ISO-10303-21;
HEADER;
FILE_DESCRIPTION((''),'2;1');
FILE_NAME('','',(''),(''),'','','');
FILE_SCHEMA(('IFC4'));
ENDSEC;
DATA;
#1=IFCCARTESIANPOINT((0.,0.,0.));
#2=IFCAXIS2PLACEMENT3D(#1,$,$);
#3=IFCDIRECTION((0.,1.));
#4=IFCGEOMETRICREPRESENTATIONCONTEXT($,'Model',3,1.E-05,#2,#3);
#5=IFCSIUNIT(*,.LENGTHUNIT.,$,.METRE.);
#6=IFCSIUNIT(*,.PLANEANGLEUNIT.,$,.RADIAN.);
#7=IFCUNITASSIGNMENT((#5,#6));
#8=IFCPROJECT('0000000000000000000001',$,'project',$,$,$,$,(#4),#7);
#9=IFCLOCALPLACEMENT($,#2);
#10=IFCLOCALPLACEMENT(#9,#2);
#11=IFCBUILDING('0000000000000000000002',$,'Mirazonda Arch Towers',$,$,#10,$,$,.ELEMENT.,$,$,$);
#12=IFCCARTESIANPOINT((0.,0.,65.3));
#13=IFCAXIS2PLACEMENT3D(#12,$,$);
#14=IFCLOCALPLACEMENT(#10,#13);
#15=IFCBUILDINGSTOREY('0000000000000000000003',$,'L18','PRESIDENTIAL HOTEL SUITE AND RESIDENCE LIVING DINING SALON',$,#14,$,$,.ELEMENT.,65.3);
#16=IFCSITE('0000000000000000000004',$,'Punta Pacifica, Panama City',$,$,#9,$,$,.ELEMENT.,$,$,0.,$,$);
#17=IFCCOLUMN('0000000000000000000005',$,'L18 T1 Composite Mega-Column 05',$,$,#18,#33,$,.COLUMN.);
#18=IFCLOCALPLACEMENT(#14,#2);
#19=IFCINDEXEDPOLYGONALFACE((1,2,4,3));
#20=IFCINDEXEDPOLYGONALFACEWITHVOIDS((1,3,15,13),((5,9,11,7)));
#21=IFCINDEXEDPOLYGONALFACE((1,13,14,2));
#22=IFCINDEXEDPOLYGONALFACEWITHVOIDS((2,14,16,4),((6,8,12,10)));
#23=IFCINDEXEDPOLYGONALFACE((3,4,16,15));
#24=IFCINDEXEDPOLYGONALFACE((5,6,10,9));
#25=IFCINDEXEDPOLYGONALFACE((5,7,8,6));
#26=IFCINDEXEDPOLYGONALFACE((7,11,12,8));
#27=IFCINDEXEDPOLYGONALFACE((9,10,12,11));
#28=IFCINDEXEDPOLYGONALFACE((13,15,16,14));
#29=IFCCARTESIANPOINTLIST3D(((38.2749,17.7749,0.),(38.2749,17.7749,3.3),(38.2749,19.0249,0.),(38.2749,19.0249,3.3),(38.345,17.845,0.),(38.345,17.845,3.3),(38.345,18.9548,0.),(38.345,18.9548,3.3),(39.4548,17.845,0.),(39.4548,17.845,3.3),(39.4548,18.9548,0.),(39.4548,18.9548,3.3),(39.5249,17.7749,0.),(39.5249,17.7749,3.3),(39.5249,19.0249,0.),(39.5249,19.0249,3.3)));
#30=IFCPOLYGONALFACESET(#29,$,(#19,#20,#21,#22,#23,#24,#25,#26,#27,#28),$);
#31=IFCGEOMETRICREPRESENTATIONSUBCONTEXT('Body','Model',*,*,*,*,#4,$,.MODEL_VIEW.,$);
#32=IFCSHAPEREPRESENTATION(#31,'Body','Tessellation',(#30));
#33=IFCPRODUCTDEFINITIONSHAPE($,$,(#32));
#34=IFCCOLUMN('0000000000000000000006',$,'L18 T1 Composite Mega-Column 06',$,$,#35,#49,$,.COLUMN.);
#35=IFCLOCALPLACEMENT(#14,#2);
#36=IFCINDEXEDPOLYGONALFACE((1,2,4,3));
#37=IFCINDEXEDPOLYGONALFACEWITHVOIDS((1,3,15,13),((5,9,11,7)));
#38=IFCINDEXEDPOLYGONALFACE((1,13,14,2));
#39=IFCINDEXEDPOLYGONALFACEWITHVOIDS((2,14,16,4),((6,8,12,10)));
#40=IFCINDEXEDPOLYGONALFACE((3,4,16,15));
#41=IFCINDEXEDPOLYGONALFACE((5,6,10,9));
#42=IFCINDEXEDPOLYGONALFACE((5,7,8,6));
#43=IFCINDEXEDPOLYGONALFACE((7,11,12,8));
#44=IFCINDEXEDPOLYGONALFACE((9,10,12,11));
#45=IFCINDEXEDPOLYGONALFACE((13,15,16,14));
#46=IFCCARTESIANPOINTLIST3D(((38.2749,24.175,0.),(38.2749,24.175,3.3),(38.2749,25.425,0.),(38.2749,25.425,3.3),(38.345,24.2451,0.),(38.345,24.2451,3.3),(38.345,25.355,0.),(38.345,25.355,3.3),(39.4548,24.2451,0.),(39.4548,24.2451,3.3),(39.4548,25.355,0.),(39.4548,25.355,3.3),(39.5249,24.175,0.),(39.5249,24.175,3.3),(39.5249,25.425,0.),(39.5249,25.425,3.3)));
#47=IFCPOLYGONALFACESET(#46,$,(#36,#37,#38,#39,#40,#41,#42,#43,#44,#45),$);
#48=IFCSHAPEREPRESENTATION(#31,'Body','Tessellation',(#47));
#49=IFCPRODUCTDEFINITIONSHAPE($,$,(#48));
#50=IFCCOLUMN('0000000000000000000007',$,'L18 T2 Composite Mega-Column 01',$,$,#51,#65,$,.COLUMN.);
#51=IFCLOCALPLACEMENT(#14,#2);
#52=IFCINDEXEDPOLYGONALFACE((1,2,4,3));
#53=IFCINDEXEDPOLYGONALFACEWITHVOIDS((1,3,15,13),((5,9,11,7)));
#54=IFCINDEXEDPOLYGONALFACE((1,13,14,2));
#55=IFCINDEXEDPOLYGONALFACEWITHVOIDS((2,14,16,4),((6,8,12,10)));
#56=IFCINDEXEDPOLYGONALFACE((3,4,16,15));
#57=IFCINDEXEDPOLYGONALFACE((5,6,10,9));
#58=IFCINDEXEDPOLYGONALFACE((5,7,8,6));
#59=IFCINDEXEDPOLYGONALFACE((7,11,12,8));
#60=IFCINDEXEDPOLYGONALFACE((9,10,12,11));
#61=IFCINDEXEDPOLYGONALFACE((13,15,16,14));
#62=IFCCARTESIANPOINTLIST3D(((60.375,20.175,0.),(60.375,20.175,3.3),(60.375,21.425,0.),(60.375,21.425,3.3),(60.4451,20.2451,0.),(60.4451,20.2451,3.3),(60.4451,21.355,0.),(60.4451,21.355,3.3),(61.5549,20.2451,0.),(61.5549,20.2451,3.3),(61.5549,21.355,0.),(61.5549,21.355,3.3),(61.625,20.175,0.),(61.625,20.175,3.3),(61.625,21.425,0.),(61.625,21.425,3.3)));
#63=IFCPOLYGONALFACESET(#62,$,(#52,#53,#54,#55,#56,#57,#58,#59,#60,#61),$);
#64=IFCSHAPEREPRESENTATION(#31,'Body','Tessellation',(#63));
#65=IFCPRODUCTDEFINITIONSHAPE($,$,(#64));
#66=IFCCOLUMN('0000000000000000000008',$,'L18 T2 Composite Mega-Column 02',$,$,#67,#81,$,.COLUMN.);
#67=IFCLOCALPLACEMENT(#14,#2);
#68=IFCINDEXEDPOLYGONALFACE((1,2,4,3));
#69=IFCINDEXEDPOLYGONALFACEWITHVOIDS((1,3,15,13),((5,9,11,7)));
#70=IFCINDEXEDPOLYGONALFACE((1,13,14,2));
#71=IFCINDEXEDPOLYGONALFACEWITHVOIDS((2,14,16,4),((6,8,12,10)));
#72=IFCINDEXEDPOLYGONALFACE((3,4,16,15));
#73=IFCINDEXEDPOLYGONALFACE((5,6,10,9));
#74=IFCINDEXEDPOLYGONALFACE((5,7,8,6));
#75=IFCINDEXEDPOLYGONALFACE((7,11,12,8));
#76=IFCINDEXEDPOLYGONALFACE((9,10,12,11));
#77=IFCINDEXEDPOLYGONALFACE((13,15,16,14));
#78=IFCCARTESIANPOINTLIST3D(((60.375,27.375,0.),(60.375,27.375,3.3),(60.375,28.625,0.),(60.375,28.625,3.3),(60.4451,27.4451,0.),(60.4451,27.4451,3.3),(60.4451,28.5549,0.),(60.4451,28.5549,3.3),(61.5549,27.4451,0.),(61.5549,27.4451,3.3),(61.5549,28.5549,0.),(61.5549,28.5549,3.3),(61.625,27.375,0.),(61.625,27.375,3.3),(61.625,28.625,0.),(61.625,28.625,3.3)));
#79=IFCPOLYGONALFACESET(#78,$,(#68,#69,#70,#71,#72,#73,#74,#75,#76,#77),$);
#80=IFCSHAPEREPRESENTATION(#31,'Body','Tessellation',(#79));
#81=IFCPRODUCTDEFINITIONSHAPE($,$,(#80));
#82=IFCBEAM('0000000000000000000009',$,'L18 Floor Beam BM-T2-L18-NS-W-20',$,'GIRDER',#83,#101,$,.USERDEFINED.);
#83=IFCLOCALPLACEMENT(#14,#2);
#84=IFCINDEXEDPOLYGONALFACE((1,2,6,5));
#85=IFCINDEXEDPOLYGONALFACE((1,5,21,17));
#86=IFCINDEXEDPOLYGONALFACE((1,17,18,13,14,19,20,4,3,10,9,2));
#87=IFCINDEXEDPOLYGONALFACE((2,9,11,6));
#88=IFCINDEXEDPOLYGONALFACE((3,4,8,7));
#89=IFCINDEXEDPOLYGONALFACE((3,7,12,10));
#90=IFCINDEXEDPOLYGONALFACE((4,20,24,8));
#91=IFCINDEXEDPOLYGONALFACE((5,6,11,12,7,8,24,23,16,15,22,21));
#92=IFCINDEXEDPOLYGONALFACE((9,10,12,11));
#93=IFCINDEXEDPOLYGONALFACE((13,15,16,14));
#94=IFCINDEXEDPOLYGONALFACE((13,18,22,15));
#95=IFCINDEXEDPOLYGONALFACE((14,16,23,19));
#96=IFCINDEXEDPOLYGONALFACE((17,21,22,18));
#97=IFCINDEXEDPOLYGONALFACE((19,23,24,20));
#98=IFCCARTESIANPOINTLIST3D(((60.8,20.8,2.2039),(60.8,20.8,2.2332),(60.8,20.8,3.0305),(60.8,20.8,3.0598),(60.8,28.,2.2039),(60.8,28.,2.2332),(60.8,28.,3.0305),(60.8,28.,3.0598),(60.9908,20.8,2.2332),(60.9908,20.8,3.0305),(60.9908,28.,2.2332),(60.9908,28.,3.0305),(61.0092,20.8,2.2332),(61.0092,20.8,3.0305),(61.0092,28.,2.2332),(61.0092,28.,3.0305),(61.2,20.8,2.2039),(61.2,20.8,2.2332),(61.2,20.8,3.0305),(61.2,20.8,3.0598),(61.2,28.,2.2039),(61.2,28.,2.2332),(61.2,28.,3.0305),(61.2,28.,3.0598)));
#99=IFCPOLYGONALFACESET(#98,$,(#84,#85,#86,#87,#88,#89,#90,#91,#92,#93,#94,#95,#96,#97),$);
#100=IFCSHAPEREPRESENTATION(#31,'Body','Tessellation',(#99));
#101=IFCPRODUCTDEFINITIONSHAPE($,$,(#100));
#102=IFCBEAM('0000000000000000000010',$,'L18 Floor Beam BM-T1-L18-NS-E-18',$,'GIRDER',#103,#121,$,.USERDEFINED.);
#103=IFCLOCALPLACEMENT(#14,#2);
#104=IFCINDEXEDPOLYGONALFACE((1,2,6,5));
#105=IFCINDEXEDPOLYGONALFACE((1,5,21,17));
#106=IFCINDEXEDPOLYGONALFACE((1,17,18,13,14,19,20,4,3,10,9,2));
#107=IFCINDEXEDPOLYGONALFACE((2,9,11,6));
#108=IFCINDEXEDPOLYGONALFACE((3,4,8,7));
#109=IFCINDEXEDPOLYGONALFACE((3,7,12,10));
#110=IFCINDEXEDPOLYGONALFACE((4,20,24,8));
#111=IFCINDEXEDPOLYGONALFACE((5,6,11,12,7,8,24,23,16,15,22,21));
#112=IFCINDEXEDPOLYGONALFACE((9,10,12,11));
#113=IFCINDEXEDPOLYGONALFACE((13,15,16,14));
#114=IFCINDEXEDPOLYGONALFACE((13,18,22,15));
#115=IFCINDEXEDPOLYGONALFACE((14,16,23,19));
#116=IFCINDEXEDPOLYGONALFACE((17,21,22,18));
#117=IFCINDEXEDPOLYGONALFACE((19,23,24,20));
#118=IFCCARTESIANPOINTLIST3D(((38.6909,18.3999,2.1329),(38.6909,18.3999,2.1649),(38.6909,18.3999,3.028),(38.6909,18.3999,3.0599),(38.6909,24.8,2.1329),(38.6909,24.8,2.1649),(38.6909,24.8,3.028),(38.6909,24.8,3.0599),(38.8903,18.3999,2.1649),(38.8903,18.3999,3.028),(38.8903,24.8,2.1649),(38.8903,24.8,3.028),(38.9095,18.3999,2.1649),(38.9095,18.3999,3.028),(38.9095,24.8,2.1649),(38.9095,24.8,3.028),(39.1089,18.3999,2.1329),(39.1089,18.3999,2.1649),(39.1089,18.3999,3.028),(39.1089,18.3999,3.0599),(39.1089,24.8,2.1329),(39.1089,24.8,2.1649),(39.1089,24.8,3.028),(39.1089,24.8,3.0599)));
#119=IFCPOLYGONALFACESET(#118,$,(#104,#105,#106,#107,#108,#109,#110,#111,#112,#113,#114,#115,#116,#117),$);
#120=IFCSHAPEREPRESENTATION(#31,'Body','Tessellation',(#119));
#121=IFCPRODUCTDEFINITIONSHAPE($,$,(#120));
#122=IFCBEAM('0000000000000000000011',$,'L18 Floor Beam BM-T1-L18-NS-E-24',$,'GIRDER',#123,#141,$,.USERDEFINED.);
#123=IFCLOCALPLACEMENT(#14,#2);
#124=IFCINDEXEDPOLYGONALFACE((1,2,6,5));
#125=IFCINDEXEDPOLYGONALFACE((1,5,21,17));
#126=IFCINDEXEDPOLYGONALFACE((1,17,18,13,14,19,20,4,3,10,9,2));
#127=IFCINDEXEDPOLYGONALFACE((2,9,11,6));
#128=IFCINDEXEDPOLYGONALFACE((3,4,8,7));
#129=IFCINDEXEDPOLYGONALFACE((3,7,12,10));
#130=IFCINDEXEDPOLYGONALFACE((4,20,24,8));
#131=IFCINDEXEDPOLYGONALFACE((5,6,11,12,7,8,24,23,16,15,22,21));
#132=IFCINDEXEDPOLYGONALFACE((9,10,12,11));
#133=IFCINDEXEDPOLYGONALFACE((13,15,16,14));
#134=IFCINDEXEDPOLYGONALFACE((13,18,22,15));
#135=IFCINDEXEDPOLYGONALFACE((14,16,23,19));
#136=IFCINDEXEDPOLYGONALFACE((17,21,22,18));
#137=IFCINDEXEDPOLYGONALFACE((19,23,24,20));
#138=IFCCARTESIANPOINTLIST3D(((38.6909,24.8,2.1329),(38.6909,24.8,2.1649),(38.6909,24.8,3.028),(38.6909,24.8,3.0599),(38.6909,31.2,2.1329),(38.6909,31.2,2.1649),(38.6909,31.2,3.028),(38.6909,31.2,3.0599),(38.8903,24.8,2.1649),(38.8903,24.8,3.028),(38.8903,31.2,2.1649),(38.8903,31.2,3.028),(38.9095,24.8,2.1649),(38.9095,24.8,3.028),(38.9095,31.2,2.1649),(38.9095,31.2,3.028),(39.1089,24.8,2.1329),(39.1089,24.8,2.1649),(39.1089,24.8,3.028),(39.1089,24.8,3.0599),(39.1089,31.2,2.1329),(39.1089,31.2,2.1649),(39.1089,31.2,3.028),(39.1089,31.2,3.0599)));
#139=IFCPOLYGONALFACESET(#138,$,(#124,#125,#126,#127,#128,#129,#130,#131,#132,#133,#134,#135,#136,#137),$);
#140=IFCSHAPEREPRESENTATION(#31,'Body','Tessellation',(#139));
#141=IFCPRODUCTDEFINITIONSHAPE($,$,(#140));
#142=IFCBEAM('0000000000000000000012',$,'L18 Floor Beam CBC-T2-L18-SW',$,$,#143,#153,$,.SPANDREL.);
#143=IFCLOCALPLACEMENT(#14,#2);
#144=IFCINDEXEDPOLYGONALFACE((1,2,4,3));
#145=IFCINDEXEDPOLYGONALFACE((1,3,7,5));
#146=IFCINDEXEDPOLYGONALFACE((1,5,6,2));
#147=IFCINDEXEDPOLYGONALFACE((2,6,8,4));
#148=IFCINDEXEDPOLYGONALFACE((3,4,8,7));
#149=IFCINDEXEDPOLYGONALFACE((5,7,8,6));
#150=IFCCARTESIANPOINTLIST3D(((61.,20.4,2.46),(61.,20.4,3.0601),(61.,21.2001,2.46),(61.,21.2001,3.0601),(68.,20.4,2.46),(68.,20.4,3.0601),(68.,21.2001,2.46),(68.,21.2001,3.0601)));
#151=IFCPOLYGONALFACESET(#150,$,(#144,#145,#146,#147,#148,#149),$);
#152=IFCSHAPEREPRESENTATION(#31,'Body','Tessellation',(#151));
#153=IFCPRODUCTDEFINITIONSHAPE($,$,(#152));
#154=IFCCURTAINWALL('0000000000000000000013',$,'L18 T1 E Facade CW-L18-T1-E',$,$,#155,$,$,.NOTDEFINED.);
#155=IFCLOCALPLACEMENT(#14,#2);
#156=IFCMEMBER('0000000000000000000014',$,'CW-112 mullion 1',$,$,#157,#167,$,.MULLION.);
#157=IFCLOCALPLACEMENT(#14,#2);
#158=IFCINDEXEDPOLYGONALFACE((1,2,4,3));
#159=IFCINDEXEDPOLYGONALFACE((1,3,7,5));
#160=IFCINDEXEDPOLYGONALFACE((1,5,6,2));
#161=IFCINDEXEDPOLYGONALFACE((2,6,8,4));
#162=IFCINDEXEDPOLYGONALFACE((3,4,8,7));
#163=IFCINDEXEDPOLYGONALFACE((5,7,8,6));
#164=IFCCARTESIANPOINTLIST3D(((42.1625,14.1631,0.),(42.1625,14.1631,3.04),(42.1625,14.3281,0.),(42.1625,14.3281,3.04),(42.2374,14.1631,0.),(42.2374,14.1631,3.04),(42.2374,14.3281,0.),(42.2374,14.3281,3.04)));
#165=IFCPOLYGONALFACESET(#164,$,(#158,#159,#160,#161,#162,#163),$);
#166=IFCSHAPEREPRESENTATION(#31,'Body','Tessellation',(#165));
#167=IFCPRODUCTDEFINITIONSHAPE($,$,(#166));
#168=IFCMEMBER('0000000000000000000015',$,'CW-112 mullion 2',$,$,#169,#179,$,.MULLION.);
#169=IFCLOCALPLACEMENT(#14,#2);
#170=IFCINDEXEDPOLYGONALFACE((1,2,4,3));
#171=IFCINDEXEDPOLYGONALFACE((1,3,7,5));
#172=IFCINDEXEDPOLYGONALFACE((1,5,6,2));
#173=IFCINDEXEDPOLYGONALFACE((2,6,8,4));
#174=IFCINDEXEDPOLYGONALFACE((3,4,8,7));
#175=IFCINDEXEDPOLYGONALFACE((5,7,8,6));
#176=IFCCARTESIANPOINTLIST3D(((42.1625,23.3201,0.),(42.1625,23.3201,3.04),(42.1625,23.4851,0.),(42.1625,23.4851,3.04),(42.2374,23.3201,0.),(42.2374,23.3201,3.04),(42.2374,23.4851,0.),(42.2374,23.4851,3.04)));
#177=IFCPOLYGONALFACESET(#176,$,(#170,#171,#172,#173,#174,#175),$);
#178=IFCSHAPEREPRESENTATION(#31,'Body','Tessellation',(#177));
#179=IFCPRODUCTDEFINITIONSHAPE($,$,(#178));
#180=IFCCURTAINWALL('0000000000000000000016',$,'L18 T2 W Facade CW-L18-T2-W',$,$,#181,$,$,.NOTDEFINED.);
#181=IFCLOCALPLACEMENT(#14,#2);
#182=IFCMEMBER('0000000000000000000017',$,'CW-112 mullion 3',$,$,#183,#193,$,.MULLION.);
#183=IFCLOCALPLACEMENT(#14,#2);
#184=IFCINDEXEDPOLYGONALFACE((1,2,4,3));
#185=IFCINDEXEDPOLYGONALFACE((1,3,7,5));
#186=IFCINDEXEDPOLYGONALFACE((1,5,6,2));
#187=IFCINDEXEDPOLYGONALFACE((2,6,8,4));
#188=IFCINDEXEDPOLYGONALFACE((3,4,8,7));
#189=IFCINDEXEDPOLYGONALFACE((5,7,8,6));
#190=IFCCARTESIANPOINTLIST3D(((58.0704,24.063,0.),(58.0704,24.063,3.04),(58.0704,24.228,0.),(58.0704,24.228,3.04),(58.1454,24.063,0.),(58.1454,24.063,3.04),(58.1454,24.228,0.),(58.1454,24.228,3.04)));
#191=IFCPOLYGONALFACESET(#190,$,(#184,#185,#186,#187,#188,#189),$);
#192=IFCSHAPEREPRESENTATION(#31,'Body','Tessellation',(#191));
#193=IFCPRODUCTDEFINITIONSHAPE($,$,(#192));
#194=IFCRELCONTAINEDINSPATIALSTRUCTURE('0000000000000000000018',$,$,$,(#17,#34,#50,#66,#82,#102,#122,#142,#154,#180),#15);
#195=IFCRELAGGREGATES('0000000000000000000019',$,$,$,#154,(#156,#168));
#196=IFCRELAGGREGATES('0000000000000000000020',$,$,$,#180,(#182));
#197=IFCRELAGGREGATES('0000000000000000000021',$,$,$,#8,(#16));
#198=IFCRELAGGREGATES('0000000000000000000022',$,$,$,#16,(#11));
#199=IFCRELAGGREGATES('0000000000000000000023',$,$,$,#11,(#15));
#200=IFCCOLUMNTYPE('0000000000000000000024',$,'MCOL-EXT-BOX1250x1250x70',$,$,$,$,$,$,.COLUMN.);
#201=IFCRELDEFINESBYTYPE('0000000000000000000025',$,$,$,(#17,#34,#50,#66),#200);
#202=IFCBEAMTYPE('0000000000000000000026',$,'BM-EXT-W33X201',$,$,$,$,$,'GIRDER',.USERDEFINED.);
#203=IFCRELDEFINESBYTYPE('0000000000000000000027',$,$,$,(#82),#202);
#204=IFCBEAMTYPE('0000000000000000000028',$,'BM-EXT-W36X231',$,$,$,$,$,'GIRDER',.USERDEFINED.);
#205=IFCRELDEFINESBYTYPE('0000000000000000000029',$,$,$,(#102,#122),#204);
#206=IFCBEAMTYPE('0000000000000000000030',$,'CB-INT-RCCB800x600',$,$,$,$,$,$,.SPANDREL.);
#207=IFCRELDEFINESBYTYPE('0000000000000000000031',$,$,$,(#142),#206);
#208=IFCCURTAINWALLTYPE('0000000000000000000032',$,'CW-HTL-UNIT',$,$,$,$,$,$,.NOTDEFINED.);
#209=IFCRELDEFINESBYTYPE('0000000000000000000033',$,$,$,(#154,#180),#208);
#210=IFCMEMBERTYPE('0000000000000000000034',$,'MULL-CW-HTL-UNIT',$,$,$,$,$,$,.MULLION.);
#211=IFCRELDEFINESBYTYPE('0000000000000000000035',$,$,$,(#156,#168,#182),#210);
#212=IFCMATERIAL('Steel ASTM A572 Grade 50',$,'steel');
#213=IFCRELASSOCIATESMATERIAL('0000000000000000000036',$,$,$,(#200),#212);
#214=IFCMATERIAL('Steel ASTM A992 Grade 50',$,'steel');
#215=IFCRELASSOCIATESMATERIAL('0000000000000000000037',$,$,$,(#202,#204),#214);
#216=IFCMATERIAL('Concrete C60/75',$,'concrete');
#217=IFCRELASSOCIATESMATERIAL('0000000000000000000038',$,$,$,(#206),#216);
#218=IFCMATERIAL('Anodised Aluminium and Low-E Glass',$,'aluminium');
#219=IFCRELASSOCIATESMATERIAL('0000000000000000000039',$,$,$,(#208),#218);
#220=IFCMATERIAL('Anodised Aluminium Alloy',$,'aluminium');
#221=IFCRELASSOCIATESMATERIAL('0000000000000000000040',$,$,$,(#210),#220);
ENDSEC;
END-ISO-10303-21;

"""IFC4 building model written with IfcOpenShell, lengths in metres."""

from ifc_helpers import new_model, si_unit, direction, frame, origin, origin_2d, place, context, subcontext, project, spatial, rectangle, hollow_rectangle, i_section, extrude, material, material_profile, profile_set, type_object, element, aggregate, save


model = new_model("IFC4")

# Units and contexts
model_context = context("Model", 3, precision=1e-05, world=origin(), true_north=direction((0.0, 1.0)))
body_context = subcontext(model_context, "Body", "Model", "MODEL_VIEW")
ifc_project = project(units=[si_unit("LENGTHUNIT", "METRE"), si_unit("PLANEANGLEUNIT", "RADIAN")], contexts=[model_context])

# Site, building, storey
site_placement = place(None, origin())
site = spatial("IfcSite", under=ifc_project, at=site_placement, Name="Punta Pacifica, Panama City", CompositionType="ELEMENT", RefElevation=0.0)
building_placement = place(site_placement, origin())
building = spatial("IfcBuilding", under=site, at=building_placement, Name="Mirazonda Arch Towers", CompositionType="ELEMENT")
storey_placement = place(building_placement, frame((0.0, 0.0, 65.3)))
storey = spatial("IfcBuildingStorey", under=building, at=storey_placement, Name="L18", Description="PRESIDENTIAL HOTEL SUITE AND RESIDENCE LIVING DINING SALON", CompositionType="ELEMENT", Elevation=65.3)

# Columns
ifc_material_1 = material(Name="Steel ASTM A572 Grade 50", Category="steel")
ifc_material_profile_1 = material_profile(ifc_material_1, hollow_rectangle(XDim=1.25, YDim=1.25, WallThickness=0.0701, at=origin_2d()), Name="BOX1250x1250x70")
ifc_profile_set_1 = profile_set([ifc_material_profile_1], Name="Steel ASTM A572 Grade 50")
column_type = type_object("IfcColumnType", Name="MCOL-EXT-BOX1250x1250x70", PredefinedType="COLUMN", material=ifc_profile_set_1)
for number, where, z_axis, x_axis, name in (
    (1, (38.8999, 18.3999, 0.0), (0.0, 0.0, 1.0), (1.0, 0.0, 0.0), "L18 T1 Composite Mega-Column 05"),
    (2, (38.8999, 24.8, 0.0), (0.0, 0.0, 1.0), (1.0, 0.0, 0.0), "L18 T1 Composite Mega-Column 06"),
    (3, (61.0, 20.8, 0.0), (0.0, 0.0, 1.0), (1.0, 0.0, 0.0), "L18 T2 Composite Mega-Column 01"),
    (4, (61.0, 28.0, 0.0), (0.0, 0.0, 1.0), (1.0, 0.0, 0.0), "L18 T2 Composite Mega-Column 02"),
):
    element("IfcColumn", number, at=place(storey_placement, frame(where, z_axis=z_axis, x_axis=x_axis)), inside=storey, type_object=column_type, Name=name, PredefinedType="COLUMN", context=body_context, shape_type="SweptSolid", body=[
        extrude(hollow_rectangle(XDim=1.25, YDim=1.25, WallThickness=0.0701, at=origin_2d()), origin(), (0.0, 0.0, 1.0), 3.3),
    ])

# Beams
ifc_material_2 = material(Name="Steel ASTM A992 Grade 50", Category="steel")
ifc_material_profile_2 = material_profile(ifc_material_2, i_section(OverallWidth=0.3999, OverallDepth=0.856, WebThickness=0.0183, FlangeThickness=0.0293, at=origin_2d()), Name="W33X201")
ifc_profile_set_2 = profile_set([ifc_material_profile_2], Name="Steel ASTM A992 Grade 50")
beam_type_1 = type_object("IfcBeamType", Name="BM-EXT-W33X201", ElementType="GIRDER", PredefinedType="USERDEFINED", material=ifc_profile_set_2)
beam_1_placement = place(storey_placement, frame((61.0, 20.8, 2.6318), z_axis=(0.0, 1.0, 0.0), x_axis=(-1.0, 0.0, 0.0)))
element("IfcBeam", 5, at=beam_1_placement, inside=storey, type_object=beam_type_1, Name="L18 Floor Beam BM-T2-L18-NS-W-20", ObjectType="GIRDER", PredefinedType="USERDEFINED", context=body_context, shape_type="SweptSolid", body=[
    extrude(i_section(OverallWidth=0.3999, OverallDepth=0.856, WebThickness=0.0183, FlangeThickness=0.0293, at=origin_2d()), origin(), (0.0, 0.0, 1.0), 7.2),
])
ifc_material_profile_3 = material_profile(ifc_material_2, i_section(OverallWidth=0.418, OverallDepth=0.927, WebThickness=0.0193, FlangeThickness=0.032, at=origin_2d()), Name="W36X231")
ifc_profile_set_3 = profile_set([ifc_material_profile_3], Name="Steel ASTM A992 Grade 50")
beam_type_2 = type_object("IfcBeamType", Name="BM-EXT-W36X231", ElementType="GIRDER", PredefinedType="USERDEFINED", material=ifc_profile_set_3)
beam_2_placement = place(storey_placement, frame((38.8999, 18.3999, 2.5964), z_axis=(0.0, 1.0, 0.0), x_axis=(-1.0, 0.0, 0.0)))
element("IfcBeam", 6, at=beam_2_placement, inside=storey, type_object=beam_type_2, Name="L18 Floor Beam BM-T1-L18-NS-E-18", ObjectType="GIRDER", PredefinedType="USERDEFINED", context=body_context, shape_type="SweptSolid", body=[
    extrude(i_section(OverallWidth=0.418, OverallDepth=0.927, WebThickness=0.0193, FlangeThickness=0.032, at=origin_2d()), origin(), (0.0, 0.0, 1.0), 6.4001),
])
beam_3_placement = place(storey_placement, frame((38.8999, 24.8, 2.5964), z_axis=(0.0, 1.0, 0.0), x_axis=(-1.0, 0.0, 0.0)))
element("IfcBeam", 7, at=beam_3_placement, inside=storey, type_object=beam_type_2, Name="L18 Floor Beam BM-T1-L18-NS-E-24", ObjectType="GIRDER", PredefinedType="USERDEFINED", context=body_context, shape_type="SweptSolid", body=[
    extrude(i_section(OverallWidth=0.418, OverallDepth=0.927, WebThickness=0.0193, FlangeThickness=0.032, at=origin_2d()), origin(), (0.0, 0.0, 1.0), 6.3999),
])
ifc_material_3 = material(Name="Concrete C60/75", Category="concrete")
ifc_material_profile_4 = material_profile(ifc_material_3, rectangle(XDim=0.8, YDim=0.6001, at=origin_2d()), Name="RCCB800x600")
ifc_profile_set_4 = profile_set([ifc_material_profile_4], Name="Concrete C60/75")
beam_type_3 = type_object("IfcBeamType", Name="CB-INT-RCCB800x600", PredefinedType="SPANDREL", material=ifc_profile_set_4)
beam_4_placement = place(storey_placement, frame((61.0, 20.8, 2.76), z_axis=(1.0, 0.0, 0.0), x_axis=(0.0, 1.0, 0.0)))
element("IfcBeam", 8, at=beam_4_placement, inside=storey, type_object=beam_type_3, Name="L18 Floor Beam CBC-T2-L18-SW", PredefinedType="SPANDREL", context=body_context, shape_type="SweptSolid", body=[
    extrude(rectangle(XDim=0.8, YDim=0.6001, at=origin_2d()), origin(), (0.0, 0.0, 1.0), 7.0),
])

# Curtain walls, members
ifc_material_4 = material(Name="Anodised Aluminium and Low-E Glass", Category="aluminium")
curtain_wall_type = type_object("IfcCurtainWallType", Name="CW-HTL-UNIT", PredefinedType="NOTDEFINED", material=ifc_material_4)
curtain_wall_1_placement = place(storey_placement, origin())
curtain_wall_1 = element("IfcCurtainWall", 9, at=curtain_wall_1_placement, inside=storey, type_object=curtain_wall_type, Name="L18 T1 E Facade CW-L18-T1-E", PredefinedType="NOTDEFINED")
ifc_material_5 = material(Name="Anodised Aluminium Alloy", Category="aluminium")
ifc_material_profile_5 = material_profile(ifc_material_5, rectangle(XDim=0.075, YDim=0.165, at=origin_2d()), Name="ALU-MULL-75x165")
ifc_profile_set_5 = profile_set([ifc_material_profile_5], Name="Anodised Aluminium Alloy")
member_type_1 = type_object("IfcMemberType", Name="MULL-CW-HTL-UNIT", PredefinedType="MULLION", material=ifc_profile_set_5)
member_1_placement = place(storey_placement, frame((42.2, 14.2456, 0.0), z_axis=(0.0, 0.0, 1.0), x_axis=(-1.0, 0.0, 0.0)))
member_1 = element("IfcMember", 10, at=member_1_placement, type_object=member_type_1, Name="CW-112 mullion 1", PredefinedType="MULLION", context=body_context, shape_type="SweptSolid", body=[
    extrude(rectangle(XDim=0.075, YDim=0.165, at=origin_2d()), origin(), (0.0, 0.0, 1.0), 3.04),
])
member_2_placement = place(storey_placement, frame((42.2, 23.4026, 0.0), z_axis=(0.0, 0.0, 1.0), x_axis=(-1.0, 0.0, 0.0)))
member_2 = element("IfcMember", 11, at=member_2_placement, type_object=member_type_1, Name="CW-112 mullion 2", PredefinedType="MULLION", context=body_context, shape_type="SweptSolid", body=[
    extrude(rectangle(XDim=0.075, YDim=0.165, at=origin_2d()), origin(), (0.0, 0.0, 1.0), 3.04),
])
curtain_wall_2_placement = place(storey_placement, origin())
curtain_wall_2 = element("IfcCurtainWall", 12, at=curtain_wall_2_placement, inside=storey, type_object=curtain_wall_type, Name="L18 T2 W Facade CW-L18-T2-W", PredefinedType="NOTDEFINED")
member_3_placement = place(storey_placement, frame((58.1079, 24.1455, 0.0), z_axis=(0.0, 0.0, 1.0), x_axis=(1.0, 0.0, 0.0)))
member_3 = element("IfcMember", 13, at=member_3_placement, type_object=member_type_1, Name="CW-112 mullion 3", PredefinedType="MULLION", context=body_context, shape_type="SweptSolid", body=[
    extrude(rectangle(XDim=0.075, YDim=0.165, at=origin_2d()), origin(), (0.0, 0.0, 1.0), 3.04),
])

aggregate(curtain_wall_1, [member_1, member_2])
aggregate(curtain_wall_2, [member_3])

save(model, "model.ifc")
